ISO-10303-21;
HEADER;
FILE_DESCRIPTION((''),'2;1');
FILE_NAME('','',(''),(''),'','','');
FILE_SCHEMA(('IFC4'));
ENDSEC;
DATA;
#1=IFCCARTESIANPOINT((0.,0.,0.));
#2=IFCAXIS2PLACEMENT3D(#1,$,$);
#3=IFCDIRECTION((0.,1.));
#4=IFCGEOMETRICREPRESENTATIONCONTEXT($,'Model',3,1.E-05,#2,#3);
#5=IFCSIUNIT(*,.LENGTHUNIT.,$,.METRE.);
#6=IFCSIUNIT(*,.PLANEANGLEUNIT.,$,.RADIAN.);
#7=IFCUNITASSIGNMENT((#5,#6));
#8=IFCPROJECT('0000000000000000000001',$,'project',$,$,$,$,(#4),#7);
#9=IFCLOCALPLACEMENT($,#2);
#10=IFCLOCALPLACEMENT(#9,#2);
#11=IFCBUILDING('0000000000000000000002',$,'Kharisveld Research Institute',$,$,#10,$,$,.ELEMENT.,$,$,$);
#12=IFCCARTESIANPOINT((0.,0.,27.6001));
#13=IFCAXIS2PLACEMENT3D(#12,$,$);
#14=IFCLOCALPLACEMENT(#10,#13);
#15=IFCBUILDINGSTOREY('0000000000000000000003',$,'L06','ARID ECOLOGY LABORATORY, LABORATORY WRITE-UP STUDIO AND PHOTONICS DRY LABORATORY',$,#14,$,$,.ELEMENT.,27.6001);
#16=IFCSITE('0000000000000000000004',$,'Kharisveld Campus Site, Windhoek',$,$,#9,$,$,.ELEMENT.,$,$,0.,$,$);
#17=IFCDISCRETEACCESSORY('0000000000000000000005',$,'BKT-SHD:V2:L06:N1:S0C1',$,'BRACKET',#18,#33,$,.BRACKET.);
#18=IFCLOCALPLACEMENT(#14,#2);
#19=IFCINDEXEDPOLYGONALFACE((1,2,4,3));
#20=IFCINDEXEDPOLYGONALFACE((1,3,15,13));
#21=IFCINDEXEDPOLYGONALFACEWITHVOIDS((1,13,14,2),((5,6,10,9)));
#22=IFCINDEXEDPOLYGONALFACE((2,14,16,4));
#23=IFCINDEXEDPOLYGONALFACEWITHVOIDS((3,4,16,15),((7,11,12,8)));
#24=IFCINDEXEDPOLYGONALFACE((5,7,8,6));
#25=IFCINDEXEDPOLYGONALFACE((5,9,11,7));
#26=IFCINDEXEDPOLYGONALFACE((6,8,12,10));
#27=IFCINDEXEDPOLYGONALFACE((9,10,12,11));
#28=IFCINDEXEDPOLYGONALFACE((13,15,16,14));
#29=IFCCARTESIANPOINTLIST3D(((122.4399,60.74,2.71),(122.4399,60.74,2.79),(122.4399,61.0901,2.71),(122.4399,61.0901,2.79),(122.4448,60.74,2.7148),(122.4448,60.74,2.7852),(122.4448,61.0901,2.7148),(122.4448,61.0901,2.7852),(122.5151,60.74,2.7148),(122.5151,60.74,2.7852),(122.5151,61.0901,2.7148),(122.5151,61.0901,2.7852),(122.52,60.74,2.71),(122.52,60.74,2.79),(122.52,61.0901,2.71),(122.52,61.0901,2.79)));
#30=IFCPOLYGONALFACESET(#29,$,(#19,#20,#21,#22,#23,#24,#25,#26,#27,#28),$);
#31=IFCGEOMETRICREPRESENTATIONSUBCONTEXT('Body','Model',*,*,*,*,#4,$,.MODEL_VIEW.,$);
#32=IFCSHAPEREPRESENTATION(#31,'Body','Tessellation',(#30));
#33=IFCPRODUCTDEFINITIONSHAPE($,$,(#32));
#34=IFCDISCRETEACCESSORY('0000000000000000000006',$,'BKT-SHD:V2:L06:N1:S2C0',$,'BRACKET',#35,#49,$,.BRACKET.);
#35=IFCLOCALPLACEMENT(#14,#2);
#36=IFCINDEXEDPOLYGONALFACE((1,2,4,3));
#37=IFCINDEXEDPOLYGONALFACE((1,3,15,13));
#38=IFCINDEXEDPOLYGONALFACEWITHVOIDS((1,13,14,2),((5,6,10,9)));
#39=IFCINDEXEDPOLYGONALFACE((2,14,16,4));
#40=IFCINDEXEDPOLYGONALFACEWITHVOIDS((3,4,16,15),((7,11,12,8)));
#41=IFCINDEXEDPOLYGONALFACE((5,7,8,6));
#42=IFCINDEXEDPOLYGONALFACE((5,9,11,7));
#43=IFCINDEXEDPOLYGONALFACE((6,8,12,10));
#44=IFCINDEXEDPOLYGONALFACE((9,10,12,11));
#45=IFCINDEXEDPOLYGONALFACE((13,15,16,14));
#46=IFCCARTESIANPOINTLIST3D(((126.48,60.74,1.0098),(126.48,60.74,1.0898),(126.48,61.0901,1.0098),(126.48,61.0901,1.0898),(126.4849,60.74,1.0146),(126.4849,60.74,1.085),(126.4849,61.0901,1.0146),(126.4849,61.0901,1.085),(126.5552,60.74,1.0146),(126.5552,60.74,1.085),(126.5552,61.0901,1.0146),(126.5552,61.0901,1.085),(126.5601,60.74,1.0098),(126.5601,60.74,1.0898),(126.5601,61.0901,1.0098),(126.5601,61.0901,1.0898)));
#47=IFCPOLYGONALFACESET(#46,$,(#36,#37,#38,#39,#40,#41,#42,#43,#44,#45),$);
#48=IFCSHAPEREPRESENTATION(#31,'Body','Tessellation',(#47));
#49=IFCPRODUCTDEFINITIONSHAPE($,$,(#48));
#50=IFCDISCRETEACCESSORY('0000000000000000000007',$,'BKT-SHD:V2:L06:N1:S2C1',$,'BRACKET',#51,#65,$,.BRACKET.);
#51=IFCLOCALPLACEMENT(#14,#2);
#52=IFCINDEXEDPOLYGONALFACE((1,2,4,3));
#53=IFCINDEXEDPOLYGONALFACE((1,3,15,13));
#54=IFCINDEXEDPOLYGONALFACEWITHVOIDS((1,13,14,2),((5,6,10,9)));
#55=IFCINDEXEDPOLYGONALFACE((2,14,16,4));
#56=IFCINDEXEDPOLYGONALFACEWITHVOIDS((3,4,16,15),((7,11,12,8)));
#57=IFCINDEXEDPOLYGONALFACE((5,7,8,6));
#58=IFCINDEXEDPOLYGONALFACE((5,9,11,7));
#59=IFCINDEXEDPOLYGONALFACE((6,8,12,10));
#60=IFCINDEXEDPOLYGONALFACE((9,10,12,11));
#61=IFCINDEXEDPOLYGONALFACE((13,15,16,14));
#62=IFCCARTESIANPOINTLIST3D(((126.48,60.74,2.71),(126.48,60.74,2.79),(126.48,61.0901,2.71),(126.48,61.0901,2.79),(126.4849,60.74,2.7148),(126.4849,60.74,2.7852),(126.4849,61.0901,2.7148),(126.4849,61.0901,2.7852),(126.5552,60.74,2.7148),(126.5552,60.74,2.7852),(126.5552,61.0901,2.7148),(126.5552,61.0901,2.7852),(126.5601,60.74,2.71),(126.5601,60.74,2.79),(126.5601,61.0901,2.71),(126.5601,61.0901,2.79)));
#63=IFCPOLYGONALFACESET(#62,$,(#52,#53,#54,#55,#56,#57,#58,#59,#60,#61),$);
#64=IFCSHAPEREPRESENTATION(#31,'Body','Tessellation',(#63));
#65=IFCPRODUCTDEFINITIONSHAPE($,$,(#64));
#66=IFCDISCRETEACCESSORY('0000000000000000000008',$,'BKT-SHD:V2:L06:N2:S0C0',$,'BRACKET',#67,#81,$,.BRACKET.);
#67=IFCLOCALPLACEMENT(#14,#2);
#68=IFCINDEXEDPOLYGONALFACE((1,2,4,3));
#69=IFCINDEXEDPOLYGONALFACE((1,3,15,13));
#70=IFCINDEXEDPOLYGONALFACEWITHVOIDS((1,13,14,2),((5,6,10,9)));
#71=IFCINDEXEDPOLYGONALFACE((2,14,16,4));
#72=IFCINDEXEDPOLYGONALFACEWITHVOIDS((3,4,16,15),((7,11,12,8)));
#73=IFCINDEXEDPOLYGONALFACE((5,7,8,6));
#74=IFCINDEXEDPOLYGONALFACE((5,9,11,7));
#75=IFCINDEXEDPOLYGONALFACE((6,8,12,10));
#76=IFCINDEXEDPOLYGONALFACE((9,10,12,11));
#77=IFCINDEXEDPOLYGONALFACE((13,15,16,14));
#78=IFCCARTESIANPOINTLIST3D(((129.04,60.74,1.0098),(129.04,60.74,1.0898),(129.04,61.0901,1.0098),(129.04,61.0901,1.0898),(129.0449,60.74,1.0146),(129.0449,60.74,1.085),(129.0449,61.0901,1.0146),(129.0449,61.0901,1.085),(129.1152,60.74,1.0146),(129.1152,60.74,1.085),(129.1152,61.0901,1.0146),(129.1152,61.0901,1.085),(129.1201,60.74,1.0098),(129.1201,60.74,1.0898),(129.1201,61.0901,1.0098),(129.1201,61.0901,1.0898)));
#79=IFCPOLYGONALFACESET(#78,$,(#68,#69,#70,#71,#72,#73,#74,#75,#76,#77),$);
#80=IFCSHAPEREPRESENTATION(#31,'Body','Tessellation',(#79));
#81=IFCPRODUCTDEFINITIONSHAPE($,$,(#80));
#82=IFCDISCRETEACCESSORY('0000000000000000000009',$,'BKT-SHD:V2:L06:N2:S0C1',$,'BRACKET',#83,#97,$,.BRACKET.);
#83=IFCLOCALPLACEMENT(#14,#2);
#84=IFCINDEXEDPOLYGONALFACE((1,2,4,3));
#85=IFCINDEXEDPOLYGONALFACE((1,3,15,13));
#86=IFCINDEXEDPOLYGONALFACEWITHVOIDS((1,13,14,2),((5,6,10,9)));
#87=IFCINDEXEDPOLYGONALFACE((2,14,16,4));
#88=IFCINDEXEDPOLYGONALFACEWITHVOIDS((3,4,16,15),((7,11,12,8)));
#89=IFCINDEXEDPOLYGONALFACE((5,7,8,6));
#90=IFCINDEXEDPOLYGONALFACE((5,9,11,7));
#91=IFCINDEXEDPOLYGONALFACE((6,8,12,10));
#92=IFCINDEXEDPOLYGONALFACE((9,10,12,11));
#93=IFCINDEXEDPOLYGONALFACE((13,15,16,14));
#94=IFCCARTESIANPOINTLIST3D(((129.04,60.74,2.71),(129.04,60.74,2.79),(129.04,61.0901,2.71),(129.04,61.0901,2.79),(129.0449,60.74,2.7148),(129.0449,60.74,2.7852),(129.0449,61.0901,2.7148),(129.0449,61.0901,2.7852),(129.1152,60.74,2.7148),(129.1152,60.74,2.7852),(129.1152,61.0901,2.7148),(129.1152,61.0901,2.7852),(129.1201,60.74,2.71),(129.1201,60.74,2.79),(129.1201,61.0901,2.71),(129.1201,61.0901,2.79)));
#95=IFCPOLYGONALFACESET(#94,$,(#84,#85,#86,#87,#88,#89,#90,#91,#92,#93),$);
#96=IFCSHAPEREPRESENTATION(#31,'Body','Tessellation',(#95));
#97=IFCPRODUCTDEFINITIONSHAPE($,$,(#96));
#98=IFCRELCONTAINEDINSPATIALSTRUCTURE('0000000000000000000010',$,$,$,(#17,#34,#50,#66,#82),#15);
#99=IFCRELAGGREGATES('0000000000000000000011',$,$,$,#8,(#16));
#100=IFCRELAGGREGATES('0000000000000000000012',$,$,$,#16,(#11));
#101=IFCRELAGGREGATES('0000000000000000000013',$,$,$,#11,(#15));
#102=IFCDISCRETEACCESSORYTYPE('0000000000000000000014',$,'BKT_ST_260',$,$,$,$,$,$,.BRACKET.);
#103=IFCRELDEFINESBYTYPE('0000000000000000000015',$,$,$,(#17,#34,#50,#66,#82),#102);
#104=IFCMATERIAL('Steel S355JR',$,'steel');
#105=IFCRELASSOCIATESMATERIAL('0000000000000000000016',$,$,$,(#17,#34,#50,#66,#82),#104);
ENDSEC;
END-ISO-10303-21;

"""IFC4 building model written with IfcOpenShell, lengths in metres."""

from ifc_helpers import new_model, si_unit, direction, frame, origin, origin_2d, place, context, subcontext, project, spatial, hollow_rectangle, extrude, material, type_object, element, save


model = new_model("IFC4")

# Units and contexts
model_context = context("Model", 3, precision=1e-05, world=origin(), true_north=direction((0.0, 1.0)))
body_context = subcontext(model_context, "Body", "Model", "MODEL_VIEW")
ifc_project = project(units=[si_unit("LENGTHUNIT", "METRE"), si_unit("PLANEANGLEUNIT", "RADIAN")], contexts=[model_context])

# Site, building, storey
site_placement = place(None, origin())
site = spatial("IfcSite", under=ifc_project, at=site_placement, Name="Kharisveld Campus Site, Windhoek", CompositionType="ELEMENT", RefElevation=0.0)
building_placement = place(site_placement, origin())
building = spatial("IfcBuilding", under=site, at=building_placement, Name="Kharisveld Research Institute", CompositionType="ELEMENT")
storey_placement = place(building_placement, frame((0.0, 0.0, 27.6001)))
storey = spatial("IfcBuildingStorey", under=building, at=storey_placement, Name="L06", Description="ARID ECOLOGY LABORATORY, LABORATORY WRITE-UP STUDIO AND PHOTONICS DRY LABORATORY", CompositionType="ELEMENT", Elevation=27.6001)

# Discrete accessories
ifc_material_1 = material(Name="Steel S355JR", Category="steel")
discrete_accessory_type = type_object("IfcDiscreteAccessoryType", Name="BKT_ST_260", PredefinedType="BRACKET")
for number, where, z_axis, x_axis, name in (
    (1, (122.48, 60.74, 2.75), (0.0, 1.0, 0.0), (-1.0, 0.0, 0.0), "BKT-SHD:V2:L06:N1:S0C1"),
    (2, (126.52, 60.74, 1.0498), (0.0, 1.0, 0.0), (-1.0, 0.0, 0.0), "BKT-SHD:V2:L06:N1:S2C0"),
    (3, (126.52, 60.74, 2.75), (0.0, 1.0, 0.0), (-1.0, 0.0, 0.0), "BKT-SHD:V2:L06:N1:S2C1"),
    (4, (129.0801, 60.74, 1.0498), (0.0, 1.0, 0.0), (-1.0, 0.0, 0.0), "BKT-SHD:V2:L06:N2:S0C0"),
    (5, (129.0801, 60.74, 2.75), (0.0, 1.0, 0.0), (-1.0, 0.0, 0.0), "BKT-SHD:V2:L06:N2:S0C1"),
):
    element("IfcDiscreteAccessory", number, at=place(storey_placement, frame(where, z_axis=z_axis, x_axis=x_axis)), inside=storey, type_object=discrete_accessory_type, material=ifc_material_1, Name=name, ObjectType="BRACKET", PredefinedType="BRACKET", context=body_context, shape_type="SweptSolid", body=[
        extrude(hollow_rectangle(XDim=0.0801, YDim=0.0801, WallThickness=0.0049, at=origin_2d()), origin(), (0.0, 0.0, 1.0), 0.3501),
    ])

save(model, "model.ifc")
